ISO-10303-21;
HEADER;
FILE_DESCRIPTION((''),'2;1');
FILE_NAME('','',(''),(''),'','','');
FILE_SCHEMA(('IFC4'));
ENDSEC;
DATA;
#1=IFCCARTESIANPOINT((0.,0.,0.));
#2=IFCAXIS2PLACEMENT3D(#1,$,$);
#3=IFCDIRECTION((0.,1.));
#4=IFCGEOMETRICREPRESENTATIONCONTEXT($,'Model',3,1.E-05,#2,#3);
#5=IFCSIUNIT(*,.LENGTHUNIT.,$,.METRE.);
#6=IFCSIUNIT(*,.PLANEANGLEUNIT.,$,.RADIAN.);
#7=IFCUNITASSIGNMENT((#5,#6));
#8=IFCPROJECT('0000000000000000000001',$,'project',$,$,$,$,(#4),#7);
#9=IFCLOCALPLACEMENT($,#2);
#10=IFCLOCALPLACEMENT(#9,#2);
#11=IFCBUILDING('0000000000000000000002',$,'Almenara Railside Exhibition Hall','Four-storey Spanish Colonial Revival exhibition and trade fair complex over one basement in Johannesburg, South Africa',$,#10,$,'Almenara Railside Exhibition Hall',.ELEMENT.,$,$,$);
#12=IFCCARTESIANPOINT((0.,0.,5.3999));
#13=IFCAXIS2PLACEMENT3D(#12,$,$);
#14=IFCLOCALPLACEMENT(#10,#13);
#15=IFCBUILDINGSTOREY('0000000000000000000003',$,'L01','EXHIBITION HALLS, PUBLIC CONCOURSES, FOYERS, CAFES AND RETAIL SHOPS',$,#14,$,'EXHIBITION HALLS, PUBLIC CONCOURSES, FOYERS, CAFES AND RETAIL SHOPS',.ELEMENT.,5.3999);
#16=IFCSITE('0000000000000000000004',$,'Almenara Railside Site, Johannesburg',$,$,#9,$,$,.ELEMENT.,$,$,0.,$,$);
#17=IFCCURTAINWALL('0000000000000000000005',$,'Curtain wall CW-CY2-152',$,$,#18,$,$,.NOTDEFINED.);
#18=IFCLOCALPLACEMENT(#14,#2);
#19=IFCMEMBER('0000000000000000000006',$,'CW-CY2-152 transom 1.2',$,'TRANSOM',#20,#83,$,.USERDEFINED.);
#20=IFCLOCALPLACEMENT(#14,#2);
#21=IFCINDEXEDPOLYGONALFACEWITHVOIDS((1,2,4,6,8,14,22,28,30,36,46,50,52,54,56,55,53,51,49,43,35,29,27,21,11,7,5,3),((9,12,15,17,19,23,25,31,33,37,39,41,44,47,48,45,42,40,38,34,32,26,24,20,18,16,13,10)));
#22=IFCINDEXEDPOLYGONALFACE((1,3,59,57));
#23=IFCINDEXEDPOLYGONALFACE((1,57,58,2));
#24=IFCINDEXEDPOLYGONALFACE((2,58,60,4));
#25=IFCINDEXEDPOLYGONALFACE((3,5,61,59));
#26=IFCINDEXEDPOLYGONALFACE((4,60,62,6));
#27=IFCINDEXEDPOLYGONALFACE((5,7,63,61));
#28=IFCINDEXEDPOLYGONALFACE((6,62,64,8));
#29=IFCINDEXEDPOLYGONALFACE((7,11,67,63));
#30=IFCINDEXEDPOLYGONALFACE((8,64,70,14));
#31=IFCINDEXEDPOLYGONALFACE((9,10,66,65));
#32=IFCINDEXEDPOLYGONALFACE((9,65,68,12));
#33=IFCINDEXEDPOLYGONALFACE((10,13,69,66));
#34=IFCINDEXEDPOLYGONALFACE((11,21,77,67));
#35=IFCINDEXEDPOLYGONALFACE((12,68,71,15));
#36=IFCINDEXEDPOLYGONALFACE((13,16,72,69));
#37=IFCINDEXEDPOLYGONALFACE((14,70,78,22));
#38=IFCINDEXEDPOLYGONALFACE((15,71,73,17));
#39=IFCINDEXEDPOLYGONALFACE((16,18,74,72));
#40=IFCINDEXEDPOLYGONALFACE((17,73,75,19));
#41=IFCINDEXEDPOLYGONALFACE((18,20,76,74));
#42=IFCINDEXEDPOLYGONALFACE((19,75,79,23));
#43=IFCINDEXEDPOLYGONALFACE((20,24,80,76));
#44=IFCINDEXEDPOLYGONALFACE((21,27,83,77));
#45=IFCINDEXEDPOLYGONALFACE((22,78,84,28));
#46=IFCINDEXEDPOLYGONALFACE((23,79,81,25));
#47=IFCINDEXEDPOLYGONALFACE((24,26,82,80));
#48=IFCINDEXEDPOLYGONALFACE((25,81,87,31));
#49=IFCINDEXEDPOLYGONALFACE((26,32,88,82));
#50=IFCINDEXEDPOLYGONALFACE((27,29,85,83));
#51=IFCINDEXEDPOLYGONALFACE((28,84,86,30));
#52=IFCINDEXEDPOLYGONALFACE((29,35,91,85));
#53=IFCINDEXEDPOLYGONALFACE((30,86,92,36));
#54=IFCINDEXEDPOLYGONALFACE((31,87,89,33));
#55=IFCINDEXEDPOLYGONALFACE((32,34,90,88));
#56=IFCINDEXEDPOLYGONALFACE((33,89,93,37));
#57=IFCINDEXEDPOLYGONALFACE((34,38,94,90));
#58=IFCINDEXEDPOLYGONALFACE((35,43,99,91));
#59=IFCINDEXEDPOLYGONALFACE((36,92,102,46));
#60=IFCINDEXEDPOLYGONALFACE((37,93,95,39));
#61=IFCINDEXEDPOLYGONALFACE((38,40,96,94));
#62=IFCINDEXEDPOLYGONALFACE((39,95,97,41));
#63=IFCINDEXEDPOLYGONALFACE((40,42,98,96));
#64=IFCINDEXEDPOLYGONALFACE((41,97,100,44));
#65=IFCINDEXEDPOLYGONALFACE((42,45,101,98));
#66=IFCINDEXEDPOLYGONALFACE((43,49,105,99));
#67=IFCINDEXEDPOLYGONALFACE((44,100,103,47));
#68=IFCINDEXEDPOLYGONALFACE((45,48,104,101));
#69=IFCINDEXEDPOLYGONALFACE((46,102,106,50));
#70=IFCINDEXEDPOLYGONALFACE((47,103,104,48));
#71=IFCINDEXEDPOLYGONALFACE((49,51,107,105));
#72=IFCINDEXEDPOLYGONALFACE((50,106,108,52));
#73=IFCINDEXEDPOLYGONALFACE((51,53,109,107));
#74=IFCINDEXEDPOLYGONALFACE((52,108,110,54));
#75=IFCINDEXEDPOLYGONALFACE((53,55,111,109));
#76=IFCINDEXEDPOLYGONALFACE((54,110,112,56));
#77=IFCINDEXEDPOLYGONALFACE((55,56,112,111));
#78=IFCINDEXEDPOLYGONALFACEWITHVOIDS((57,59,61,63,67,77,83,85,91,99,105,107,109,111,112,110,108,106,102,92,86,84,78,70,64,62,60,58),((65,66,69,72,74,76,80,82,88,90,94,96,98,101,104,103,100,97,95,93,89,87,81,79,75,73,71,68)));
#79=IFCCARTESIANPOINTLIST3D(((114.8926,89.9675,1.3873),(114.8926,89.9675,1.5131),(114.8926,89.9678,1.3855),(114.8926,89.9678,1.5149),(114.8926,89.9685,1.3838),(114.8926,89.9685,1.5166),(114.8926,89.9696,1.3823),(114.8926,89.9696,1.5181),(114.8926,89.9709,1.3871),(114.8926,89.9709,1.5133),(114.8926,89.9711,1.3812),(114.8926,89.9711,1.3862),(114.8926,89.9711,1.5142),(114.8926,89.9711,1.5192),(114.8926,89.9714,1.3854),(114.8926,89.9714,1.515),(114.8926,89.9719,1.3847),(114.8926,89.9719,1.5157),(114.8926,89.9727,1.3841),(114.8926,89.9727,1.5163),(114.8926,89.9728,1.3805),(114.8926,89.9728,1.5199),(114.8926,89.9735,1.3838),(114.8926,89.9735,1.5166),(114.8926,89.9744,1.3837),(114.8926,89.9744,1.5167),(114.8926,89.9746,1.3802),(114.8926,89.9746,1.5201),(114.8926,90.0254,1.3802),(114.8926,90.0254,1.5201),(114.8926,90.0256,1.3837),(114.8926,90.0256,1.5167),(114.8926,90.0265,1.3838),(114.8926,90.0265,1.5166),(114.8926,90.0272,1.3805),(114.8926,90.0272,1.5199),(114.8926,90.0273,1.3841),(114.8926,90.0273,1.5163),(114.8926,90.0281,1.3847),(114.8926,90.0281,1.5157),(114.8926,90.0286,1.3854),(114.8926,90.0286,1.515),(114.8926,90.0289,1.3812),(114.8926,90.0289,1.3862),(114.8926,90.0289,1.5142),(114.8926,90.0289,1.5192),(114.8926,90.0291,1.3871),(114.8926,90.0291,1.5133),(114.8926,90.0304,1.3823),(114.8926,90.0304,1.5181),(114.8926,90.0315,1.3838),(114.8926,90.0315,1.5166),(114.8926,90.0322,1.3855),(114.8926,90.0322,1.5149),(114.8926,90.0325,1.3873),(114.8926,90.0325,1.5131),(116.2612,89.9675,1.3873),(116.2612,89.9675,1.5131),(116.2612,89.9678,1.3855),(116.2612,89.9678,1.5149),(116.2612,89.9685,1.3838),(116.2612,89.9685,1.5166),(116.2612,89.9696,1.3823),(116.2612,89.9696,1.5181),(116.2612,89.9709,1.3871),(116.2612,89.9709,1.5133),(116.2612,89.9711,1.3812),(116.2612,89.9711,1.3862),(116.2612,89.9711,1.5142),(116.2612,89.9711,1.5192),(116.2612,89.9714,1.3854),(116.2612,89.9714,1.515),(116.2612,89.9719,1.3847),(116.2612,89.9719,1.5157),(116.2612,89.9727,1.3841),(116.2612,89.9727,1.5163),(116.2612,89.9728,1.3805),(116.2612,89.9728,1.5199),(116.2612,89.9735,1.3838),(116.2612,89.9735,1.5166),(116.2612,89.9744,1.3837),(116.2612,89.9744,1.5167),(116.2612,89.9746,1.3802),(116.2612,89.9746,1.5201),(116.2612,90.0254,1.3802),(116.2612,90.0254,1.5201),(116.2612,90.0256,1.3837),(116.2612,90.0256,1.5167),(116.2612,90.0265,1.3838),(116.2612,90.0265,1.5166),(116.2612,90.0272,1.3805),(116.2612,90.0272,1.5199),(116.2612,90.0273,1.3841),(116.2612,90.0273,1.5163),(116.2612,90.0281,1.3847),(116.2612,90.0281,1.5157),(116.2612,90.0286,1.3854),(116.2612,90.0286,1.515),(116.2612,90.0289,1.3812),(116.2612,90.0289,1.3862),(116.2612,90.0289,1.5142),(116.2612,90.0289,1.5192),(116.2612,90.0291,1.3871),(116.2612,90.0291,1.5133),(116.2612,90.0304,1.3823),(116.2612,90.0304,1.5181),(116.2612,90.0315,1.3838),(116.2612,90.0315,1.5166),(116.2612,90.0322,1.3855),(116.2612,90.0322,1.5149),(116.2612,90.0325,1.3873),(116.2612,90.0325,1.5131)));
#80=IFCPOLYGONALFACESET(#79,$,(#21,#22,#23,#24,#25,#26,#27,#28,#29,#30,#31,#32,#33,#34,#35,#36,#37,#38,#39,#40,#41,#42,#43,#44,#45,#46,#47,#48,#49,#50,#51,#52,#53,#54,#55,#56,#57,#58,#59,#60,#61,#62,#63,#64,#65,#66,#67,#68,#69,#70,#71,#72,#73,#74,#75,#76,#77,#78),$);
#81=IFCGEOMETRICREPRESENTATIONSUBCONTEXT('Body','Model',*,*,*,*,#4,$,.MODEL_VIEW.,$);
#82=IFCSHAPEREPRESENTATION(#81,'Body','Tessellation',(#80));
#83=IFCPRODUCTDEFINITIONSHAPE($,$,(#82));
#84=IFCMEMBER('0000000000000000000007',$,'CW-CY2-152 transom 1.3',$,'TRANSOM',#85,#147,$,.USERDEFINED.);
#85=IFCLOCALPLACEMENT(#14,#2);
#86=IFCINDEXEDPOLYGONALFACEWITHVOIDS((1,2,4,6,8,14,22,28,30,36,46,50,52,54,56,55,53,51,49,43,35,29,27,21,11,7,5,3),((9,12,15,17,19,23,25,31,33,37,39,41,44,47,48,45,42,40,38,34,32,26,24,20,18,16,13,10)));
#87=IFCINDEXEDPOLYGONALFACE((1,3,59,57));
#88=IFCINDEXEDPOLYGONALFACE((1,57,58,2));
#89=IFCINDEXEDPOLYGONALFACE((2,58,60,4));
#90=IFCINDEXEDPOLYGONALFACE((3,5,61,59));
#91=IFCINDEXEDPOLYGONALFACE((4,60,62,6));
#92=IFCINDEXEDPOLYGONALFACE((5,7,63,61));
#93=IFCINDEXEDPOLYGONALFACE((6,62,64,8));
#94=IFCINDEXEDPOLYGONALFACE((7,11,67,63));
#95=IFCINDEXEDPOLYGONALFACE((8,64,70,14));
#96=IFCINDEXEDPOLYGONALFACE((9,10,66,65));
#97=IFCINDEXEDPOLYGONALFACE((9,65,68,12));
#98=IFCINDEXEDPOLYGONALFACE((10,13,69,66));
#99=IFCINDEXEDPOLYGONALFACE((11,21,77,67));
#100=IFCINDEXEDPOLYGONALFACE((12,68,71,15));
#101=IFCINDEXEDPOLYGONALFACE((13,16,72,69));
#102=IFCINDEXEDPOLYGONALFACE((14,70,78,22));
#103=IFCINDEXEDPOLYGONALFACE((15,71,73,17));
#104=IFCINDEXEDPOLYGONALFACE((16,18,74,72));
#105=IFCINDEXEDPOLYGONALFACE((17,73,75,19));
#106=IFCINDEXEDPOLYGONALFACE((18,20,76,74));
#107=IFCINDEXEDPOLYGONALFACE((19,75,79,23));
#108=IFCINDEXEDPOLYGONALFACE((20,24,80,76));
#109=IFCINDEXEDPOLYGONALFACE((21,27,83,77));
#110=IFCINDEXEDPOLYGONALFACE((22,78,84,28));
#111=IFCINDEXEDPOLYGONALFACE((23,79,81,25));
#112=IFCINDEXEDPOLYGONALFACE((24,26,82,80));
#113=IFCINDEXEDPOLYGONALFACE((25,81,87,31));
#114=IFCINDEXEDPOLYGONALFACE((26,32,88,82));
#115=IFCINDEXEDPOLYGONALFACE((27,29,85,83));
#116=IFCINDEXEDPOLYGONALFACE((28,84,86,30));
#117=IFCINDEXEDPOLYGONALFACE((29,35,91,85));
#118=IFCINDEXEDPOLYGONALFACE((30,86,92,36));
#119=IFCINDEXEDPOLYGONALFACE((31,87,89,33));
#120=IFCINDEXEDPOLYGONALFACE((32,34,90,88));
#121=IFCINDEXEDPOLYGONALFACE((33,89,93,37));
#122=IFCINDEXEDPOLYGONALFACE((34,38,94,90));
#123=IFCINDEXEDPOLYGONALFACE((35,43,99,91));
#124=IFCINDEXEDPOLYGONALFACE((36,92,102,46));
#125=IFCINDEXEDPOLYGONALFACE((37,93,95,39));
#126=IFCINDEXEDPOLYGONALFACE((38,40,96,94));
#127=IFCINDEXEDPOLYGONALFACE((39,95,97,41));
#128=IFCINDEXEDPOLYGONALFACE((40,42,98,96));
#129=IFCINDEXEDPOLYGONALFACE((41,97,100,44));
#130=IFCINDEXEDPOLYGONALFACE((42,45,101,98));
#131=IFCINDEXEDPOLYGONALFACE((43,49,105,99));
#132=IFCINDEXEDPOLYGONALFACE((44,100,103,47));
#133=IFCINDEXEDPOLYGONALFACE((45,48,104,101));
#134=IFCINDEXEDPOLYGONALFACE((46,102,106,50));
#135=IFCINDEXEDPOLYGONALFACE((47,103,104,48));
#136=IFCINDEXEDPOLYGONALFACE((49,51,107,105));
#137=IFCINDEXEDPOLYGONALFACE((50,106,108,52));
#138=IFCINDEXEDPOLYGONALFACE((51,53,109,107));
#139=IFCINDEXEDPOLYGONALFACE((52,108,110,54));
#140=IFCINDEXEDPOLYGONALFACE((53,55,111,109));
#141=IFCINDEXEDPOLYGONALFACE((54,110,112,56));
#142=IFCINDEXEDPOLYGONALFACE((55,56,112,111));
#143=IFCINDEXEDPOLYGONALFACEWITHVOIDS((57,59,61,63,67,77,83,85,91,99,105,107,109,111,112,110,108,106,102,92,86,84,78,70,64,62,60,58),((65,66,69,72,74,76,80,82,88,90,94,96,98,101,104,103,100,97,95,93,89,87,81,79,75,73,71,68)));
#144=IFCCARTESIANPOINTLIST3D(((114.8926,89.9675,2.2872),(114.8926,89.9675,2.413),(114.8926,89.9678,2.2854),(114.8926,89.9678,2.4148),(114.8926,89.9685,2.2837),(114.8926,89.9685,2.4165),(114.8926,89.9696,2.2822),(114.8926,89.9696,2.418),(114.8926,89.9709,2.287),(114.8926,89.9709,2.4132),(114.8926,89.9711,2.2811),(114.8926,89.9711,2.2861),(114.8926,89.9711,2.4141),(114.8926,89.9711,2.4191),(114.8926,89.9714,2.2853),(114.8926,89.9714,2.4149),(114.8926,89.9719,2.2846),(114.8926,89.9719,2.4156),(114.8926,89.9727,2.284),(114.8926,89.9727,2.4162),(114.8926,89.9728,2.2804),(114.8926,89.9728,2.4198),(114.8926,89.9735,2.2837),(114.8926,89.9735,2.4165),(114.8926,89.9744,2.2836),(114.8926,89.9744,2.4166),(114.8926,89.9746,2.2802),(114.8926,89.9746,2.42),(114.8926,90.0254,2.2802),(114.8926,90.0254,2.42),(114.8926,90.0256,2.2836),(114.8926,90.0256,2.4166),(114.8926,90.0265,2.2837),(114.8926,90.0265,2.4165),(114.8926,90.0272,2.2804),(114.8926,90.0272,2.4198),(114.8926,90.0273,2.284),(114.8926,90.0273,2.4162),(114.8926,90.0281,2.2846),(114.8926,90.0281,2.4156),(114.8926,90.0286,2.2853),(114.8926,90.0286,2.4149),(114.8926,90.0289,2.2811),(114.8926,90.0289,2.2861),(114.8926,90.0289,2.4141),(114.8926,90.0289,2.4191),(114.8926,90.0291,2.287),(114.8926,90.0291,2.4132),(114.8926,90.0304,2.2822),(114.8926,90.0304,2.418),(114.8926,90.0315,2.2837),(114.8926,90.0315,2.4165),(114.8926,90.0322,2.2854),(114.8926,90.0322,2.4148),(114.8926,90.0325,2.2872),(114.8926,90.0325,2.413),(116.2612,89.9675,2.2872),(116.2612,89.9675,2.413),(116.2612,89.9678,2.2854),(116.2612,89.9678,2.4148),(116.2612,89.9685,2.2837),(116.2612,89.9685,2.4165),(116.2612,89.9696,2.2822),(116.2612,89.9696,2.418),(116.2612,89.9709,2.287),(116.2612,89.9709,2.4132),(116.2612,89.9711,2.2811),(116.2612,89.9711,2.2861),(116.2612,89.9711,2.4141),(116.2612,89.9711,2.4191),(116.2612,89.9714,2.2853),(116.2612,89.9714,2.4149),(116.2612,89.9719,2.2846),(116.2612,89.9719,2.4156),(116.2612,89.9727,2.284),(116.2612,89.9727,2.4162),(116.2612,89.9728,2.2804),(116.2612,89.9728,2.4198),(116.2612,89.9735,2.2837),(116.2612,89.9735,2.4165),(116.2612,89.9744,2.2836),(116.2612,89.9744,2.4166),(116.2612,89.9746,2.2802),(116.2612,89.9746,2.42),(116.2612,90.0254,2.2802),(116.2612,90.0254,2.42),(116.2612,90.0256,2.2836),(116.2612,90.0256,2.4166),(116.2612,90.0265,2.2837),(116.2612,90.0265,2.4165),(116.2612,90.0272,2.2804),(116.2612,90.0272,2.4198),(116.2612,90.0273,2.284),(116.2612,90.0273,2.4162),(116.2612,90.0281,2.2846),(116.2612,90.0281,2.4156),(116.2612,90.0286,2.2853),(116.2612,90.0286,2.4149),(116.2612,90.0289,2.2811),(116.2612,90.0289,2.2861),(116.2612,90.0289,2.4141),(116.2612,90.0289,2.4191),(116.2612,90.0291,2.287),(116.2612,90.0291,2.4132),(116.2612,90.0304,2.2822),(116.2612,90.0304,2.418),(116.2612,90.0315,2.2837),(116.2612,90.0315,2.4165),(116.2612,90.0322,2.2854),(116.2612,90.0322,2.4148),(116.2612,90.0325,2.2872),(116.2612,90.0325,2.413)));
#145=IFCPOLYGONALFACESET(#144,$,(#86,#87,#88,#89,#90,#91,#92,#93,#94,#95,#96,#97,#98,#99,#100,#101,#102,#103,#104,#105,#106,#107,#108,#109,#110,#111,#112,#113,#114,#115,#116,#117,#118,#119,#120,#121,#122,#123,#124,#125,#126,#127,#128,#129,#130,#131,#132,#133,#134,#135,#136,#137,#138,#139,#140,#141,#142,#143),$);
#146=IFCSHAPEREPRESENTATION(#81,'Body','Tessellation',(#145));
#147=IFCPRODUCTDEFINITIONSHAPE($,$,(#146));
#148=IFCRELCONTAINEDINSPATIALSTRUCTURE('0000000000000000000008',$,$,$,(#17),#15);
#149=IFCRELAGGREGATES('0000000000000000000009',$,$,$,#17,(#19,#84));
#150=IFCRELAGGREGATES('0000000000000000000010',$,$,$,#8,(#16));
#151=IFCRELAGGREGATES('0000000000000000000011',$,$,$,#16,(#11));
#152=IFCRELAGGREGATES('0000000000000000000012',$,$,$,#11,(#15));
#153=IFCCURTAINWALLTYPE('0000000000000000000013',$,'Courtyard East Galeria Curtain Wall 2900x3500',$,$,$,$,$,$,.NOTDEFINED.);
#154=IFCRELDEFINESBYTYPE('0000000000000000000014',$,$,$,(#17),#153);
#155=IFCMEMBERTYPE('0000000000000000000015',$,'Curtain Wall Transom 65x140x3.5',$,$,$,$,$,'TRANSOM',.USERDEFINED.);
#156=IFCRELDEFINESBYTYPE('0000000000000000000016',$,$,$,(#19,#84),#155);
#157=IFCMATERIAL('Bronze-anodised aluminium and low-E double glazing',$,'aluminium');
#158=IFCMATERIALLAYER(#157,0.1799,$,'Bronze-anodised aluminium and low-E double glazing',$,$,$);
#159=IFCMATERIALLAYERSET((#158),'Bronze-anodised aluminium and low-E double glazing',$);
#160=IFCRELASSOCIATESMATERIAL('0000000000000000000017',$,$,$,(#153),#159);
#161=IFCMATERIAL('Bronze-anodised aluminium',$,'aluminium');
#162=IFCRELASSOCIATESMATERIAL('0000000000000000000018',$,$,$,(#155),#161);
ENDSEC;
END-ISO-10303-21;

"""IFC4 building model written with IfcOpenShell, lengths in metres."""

from ifc_helpers import new_model, si_unit, direction, frame, origin, origin_2d, place, context, subcontext, project, spatial, hollow_rectangle, extrude, material, layer, layer_set, material_profile, profile_set, type_object, element, aggregate, save


model = new_model("IFC4")

# Units and contexts
model_context = context("Model", 3, precision=1e-05, world=origin(), true_north=direction((0.0, 1.0)))
body_context = subcontext(model_context, "Body", "Model", "MODEL_VIEW")
ifc_project = project(units=[si_unit("LENGTHUNIT", "METRE"), si_unit("PLANEANGLEUNIT", "RADIAN")], contexts=[model_context])

# Site, building, storey
site_placement = place(None, origin())
site = spatial("IfcSite", under=ifc_project, at=site_placement, Name="Almenara Railside Site, Johannesburg", CompositionType="ELEMENT", RefElevation=0.0)
building_placement = place(site_placement, origin())
building = spatial("IfcBuilding", under=site, at=building_placement, Name="Almenara Railside Exhibition Hall", Description="Four-storey Spanish Colonial Revival exhibition and trade fair complex over one basement in Johannesburg, South Africa", LongName="Almenara Railside Exhibition Hall", CompositionType="ELEMENT")
storey_placement = place(building_placement, frame((0.0, 0.0, 5.3999)))
storey = spatial("IfcBuildingStorey", under=building, at=storey_placement, Name="L01", Description="EXHIBITION HALLS, PUBLIC CONCOURSES, FOYERS, CAFES AND RETAIL SHOPS", LongName="EXHIBITION HALLS, PUBLIC CONCOURSES, FOYERS, CAFES AND RETAIL SHOPS", CompositionType="ELEMENT", Elevation=5.3999)

# Shared definitions
ifc_material_1 = material(Name="Bronze-anodised aluminium and low-E double glazing", Category="aluminium")
ifc_layer_1 = layer(ifc_material_1, 0.1799, Name="Bronze-anodised aluminium and low-E double glazing")
ifc_layer_set_1 = layer_set([ifc_layer_1], Name="Bronze-anodised aluminium and low-E double glazing")
curtain_wall_type = type_object("IfcCurtainWallType", Name="Courtyard East Galeria Curtain Wall 2900x3500", PredefinedType="NOTDEFINED", material=ifc_layer_set_1)
ifc_material_2 = material(Name="Bronze-anodised aluminium", Category="aluminium")

# Curtain wall
curtain_wall_1_placement = place(storey_placement, origin())
curtain_wall_1 = element("IfcCurtainWall", 1, at=curtain_wall_1_placement, inside=storey, type_object=curtain_wall_type, Name="Curtain wall CW-CY2-152", PredefinedType="NOTDEFINED")

# Members
ifc_material_profile_1 = material_profile(ifc_material_2, hollow_rectangle(XDim=0.0649, YDim=0.1399, WallThickness=0.0034, InnerFilletRadius=0.0034, OuterFilletRadius=0.0071, at=origin_2d()), Name="ALU-TRN 65x140x3.5")
ifc_profile_set_1 = profile_set([ifc_material_profile_1], Name="Bronze-anodised aluminium")
member_type_1 = type_object("IfcMemberType", Name="Curtain Wall Transom 65x140x3.5", ElementType="TRANSOM", PredefinedType="USERDEFINED", material=ifc_profile_set_1)
member_1_placement = place(storey_placement, frame((116.2612, 90.0, 1.4502), z_axis=(-1.0, 0.0, 0.0), x_axis=(0.0, -1.0, 0.0)))
member_1 = element("IfcMember", 2, at=member_1_placement, type_object=member_type_1, Name="CW-CY2-152 transom 1.2", ObjectType="TRANSOM", PredefinedType="USERDEFINED", context=body_context, shape_type="SweptSolid", body=[
    extrude(hollow_rectangle(XDim=0.0649, YDim=0.1399, WallThickness=0.0034, InnerFilletRadius=0.0034, OuterFilletRadius=0.0071, at=origin_2d()), origin(), (0.0, 0.0, 1.0), 1.3687),
])
member_2_placement = place(storey_placement, frame((116.2612, 90.0, 2.3501), z_axis=(-1.0, 0.0, 0.0), x_axis=(0.0, -1.0, 0.0)))
member_2 = element("IfcMember", 3, at=member_2_placement, type_object=member_type_1, Name="CW-CY2-152 transom 1.3", ObjectType="TRANSOM", PredefinedType="USERDEFINED", context=body_context, shape_type="SweptSolid", body=[
    extrude(hollow_rectangle(XDim=0.0649, YDim=0.1399, WallThickness=0.0034, InnerFilletRadius=0.0034, OuterFilletRadius=0.0071, at=origin_2d()), origin(), (0.0, 0.0, 1.0), 1.3687),
])

aggregate(curtain_wall_1, [member_1, member_2])

save(model, "model.ifc")
